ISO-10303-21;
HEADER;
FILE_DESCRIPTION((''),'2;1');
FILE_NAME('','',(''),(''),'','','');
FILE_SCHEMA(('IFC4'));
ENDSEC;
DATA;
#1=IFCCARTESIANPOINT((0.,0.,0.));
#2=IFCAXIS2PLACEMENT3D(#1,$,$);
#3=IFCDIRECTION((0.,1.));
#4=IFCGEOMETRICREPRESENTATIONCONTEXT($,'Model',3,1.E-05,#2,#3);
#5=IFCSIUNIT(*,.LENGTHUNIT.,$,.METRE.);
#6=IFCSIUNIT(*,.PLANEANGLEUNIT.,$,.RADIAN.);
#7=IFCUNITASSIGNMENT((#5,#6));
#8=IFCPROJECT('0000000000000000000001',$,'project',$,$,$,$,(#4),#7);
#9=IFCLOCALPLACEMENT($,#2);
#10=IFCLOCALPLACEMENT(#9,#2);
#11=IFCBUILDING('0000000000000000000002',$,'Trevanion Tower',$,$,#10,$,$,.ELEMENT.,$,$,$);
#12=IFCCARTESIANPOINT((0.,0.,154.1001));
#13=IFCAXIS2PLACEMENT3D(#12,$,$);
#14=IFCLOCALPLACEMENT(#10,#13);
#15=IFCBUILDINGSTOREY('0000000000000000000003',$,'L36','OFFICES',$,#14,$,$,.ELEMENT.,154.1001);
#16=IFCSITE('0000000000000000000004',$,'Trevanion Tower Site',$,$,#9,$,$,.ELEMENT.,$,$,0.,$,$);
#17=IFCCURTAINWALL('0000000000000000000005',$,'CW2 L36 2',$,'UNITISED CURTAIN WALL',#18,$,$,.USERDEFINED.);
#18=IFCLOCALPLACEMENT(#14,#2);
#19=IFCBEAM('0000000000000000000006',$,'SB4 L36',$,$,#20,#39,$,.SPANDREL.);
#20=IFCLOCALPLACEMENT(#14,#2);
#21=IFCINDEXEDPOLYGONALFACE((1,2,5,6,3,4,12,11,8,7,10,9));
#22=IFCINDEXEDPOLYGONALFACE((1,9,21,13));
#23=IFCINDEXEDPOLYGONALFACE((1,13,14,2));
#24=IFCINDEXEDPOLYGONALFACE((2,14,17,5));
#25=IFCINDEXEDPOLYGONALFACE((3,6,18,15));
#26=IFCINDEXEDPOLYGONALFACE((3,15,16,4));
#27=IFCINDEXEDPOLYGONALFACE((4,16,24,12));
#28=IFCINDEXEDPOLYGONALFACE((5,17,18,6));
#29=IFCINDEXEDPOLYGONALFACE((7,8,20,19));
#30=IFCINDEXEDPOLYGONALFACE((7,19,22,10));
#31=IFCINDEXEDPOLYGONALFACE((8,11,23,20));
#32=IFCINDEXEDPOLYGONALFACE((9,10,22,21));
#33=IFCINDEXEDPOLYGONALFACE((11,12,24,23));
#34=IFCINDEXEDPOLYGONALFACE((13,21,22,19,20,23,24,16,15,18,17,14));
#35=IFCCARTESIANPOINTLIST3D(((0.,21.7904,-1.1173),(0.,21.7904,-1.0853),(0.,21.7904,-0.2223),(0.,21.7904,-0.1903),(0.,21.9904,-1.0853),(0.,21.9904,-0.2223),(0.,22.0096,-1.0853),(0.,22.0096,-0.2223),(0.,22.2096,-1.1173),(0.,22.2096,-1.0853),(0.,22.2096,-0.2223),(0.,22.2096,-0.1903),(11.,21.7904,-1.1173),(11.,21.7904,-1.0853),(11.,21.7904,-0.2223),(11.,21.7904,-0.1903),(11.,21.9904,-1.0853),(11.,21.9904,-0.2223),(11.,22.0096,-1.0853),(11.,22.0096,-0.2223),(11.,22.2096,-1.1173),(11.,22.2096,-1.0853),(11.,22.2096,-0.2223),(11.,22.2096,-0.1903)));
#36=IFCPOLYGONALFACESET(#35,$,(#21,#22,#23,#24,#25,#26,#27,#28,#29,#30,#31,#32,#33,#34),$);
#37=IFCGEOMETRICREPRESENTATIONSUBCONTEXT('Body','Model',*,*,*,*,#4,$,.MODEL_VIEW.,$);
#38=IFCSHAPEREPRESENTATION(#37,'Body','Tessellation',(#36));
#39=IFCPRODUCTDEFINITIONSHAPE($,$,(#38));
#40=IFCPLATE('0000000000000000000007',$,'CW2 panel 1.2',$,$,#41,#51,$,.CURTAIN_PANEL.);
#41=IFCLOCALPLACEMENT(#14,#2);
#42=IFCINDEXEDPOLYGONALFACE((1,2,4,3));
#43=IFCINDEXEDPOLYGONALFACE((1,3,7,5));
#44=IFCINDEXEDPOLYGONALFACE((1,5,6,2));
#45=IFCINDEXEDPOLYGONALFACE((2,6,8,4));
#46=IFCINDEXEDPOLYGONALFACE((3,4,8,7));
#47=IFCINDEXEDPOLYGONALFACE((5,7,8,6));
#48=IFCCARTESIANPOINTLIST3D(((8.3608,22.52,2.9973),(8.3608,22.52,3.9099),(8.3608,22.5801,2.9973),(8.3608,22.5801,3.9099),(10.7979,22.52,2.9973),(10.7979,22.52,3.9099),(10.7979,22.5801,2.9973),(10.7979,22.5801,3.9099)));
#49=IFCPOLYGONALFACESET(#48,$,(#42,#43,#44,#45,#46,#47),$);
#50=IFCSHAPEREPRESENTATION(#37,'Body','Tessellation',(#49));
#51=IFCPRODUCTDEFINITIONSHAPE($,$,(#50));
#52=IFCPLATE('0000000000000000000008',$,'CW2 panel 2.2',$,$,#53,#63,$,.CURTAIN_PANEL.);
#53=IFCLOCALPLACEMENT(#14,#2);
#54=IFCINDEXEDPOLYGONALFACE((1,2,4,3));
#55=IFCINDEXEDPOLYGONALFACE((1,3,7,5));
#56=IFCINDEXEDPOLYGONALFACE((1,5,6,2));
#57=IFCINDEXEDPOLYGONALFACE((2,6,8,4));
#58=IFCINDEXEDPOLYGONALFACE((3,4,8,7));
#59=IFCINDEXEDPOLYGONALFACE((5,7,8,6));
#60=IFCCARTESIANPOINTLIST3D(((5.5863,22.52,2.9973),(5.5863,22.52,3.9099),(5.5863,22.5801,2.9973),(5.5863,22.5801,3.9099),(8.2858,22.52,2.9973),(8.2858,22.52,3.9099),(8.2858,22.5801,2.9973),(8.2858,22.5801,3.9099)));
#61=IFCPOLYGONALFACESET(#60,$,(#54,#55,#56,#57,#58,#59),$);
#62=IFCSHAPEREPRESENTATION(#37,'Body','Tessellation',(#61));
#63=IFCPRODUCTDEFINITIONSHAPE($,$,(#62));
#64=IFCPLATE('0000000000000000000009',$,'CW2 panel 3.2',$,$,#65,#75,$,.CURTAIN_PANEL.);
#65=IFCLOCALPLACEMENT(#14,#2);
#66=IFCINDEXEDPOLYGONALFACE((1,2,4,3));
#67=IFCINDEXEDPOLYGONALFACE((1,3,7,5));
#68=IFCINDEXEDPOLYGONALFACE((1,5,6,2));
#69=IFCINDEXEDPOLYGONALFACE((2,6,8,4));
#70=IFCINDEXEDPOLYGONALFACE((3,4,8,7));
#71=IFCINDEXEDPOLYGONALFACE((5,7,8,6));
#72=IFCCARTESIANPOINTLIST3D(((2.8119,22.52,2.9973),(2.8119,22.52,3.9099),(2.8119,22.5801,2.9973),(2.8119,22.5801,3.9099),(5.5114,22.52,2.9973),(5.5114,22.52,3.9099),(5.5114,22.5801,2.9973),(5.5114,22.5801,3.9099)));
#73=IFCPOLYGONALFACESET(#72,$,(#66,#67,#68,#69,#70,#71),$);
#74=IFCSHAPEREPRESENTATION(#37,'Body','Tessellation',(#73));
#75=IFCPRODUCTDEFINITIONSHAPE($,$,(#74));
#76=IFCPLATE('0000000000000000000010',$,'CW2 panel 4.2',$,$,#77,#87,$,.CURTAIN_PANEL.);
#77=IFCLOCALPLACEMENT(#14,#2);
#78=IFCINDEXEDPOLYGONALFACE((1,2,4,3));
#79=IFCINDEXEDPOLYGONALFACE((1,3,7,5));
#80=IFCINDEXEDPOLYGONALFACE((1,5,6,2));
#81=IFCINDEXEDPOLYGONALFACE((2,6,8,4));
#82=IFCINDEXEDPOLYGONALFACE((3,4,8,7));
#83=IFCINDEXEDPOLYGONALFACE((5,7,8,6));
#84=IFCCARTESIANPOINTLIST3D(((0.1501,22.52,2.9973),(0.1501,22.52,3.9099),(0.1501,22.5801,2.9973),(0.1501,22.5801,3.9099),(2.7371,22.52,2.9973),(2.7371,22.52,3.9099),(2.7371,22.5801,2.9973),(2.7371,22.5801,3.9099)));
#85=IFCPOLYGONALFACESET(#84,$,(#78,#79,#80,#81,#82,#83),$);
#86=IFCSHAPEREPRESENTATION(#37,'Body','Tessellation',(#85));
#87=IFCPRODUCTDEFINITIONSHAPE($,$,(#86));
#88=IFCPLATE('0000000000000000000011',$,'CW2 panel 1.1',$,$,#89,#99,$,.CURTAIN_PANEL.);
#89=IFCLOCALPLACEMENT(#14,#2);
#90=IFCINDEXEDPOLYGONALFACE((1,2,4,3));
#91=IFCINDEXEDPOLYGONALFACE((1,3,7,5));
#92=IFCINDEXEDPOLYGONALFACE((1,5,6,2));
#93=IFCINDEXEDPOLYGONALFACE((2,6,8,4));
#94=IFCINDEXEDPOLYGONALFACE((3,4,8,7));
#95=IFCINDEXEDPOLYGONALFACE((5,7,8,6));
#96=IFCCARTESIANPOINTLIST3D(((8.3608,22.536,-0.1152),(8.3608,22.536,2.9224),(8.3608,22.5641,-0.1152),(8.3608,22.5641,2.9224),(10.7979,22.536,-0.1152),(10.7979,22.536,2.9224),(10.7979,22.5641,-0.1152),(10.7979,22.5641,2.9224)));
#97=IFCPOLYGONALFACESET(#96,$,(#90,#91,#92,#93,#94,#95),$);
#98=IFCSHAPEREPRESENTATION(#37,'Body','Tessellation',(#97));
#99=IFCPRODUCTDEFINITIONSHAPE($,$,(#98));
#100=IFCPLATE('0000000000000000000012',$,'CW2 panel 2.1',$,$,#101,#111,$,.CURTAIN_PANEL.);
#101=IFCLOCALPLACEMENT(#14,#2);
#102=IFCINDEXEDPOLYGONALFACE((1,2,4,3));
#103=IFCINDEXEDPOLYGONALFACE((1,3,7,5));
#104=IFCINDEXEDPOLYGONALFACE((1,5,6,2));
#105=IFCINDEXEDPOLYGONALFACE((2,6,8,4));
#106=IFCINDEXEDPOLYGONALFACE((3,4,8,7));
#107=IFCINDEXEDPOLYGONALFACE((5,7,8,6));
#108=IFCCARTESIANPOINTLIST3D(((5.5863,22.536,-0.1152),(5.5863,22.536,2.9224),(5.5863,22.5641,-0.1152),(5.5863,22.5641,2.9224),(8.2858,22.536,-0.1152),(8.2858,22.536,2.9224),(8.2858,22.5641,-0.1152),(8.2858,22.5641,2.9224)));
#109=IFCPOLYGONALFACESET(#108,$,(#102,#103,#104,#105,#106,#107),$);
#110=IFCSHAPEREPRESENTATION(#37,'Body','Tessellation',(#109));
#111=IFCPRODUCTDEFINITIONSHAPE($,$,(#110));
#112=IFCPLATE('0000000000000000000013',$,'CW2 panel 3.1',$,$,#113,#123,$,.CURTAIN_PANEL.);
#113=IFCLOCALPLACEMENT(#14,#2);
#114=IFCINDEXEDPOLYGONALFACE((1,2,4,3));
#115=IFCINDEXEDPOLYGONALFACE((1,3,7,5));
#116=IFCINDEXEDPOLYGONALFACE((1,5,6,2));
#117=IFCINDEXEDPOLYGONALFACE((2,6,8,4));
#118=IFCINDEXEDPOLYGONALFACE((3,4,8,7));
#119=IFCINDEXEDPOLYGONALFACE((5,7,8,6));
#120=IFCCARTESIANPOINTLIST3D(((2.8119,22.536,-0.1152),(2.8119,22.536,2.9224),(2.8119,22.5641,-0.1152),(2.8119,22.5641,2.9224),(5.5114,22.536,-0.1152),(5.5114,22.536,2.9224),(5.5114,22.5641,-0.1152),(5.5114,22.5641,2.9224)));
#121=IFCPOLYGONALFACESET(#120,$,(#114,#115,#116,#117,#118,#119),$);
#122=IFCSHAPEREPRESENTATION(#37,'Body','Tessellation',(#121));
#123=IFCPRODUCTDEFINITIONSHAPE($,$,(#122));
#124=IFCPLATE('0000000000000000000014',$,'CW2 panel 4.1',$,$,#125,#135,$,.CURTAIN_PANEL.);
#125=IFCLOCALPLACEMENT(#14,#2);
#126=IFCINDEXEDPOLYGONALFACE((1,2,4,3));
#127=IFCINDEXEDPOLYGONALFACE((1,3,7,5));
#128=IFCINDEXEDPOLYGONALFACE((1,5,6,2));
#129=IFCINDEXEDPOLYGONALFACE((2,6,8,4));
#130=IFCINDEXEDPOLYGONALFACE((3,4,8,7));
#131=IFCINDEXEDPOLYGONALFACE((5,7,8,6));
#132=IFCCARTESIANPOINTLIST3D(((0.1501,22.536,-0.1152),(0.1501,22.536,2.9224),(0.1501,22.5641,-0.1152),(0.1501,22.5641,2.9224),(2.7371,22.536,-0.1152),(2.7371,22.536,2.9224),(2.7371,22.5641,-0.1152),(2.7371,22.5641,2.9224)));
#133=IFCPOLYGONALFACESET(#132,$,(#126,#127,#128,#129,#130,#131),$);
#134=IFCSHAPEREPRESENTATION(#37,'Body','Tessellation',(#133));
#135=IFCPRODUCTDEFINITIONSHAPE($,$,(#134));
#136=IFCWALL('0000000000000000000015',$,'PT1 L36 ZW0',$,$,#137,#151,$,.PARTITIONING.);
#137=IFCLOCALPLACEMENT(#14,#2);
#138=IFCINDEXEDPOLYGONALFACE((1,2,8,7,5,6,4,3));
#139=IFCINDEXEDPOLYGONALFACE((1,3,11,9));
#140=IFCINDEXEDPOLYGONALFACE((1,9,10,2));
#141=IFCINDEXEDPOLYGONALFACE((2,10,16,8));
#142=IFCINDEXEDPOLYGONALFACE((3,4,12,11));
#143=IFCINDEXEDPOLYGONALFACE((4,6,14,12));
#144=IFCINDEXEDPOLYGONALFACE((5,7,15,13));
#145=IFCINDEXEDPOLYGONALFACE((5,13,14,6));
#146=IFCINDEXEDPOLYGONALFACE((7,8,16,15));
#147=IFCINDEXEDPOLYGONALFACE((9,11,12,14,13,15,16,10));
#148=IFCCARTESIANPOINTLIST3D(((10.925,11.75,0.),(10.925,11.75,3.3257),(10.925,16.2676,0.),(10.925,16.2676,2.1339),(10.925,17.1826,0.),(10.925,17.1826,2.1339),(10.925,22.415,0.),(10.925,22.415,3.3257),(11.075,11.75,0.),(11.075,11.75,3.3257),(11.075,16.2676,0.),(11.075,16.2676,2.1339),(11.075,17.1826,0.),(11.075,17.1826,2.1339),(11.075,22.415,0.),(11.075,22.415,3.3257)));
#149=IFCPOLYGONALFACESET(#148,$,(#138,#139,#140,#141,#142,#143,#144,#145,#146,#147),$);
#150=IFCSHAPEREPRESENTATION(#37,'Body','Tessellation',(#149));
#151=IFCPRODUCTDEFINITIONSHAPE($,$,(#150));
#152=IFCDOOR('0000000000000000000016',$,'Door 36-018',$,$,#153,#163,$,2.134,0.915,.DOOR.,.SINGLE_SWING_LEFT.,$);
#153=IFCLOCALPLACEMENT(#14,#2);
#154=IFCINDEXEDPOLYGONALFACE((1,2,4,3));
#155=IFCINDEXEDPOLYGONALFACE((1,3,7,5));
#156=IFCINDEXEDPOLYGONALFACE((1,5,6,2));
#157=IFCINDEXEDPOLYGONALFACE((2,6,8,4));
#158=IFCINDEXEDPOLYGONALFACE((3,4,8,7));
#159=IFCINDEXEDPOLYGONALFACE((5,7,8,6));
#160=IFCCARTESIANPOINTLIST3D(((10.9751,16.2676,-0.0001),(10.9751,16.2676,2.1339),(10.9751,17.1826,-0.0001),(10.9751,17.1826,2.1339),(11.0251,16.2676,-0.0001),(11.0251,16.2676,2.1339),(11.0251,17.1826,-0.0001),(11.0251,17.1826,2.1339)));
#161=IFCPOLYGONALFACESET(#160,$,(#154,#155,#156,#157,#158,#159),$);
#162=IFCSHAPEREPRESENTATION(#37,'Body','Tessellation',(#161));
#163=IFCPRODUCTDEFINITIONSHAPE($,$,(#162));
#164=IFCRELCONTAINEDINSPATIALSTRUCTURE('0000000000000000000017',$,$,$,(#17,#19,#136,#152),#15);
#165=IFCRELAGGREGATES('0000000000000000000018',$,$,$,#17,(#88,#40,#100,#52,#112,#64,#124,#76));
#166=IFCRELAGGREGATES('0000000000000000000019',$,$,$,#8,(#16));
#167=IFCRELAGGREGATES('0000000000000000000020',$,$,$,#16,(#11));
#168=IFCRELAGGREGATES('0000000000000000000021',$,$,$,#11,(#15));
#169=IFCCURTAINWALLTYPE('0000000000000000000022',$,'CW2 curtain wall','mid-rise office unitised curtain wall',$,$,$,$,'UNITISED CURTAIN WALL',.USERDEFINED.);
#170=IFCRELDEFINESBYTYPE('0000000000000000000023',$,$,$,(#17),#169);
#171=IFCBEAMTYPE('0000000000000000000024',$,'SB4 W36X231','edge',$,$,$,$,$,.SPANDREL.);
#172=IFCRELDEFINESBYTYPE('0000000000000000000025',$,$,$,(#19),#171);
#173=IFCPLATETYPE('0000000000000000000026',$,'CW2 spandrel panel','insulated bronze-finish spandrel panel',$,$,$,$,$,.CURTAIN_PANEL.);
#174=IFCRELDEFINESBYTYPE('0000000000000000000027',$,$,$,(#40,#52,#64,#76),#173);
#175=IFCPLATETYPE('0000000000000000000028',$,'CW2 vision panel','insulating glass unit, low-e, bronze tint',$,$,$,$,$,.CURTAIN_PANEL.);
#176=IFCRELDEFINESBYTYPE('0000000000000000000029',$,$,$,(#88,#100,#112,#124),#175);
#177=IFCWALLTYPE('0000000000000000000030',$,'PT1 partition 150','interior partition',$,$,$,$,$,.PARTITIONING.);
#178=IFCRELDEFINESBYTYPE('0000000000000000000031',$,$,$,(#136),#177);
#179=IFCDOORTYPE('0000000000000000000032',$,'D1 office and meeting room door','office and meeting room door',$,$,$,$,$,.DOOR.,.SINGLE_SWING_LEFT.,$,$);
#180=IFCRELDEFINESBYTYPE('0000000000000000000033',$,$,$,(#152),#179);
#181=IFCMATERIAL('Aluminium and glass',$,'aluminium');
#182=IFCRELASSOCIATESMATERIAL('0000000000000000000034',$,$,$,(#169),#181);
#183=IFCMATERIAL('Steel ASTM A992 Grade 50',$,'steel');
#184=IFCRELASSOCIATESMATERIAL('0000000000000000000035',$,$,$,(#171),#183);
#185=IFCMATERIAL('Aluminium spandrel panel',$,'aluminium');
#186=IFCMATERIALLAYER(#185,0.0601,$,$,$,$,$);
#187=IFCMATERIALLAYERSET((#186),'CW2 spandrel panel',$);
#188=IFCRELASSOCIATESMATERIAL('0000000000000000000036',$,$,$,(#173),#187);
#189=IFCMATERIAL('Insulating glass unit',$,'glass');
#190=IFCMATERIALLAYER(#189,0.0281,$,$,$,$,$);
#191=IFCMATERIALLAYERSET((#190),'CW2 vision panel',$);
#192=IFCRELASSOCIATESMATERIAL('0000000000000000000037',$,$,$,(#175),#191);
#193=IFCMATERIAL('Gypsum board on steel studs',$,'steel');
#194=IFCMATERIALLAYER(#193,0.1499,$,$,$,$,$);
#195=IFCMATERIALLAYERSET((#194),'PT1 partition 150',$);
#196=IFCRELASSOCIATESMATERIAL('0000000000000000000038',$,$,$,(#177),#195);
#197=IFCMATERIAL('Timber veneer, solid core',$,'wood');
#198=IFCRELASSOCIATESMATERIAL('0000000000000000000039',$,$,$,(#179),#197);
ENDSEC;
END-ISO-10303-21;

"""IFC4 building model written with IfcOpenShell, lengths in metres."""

from ifc_helpers import new_model, si_unit, direction, frame, frame_2d, origin, origin_2d, place, context, subcontext, project, spatial, rectangle, i_section, extrude, material, layer, layer_set, material_profile, profile_set, type_object, element, fill, aggregate, save


model = new_model("IFC4")

# Units and contexts
model_context = context("Model", 3, precision=1e-05, world=origin(), true_north=direction((0.0, 1.0)))
body_context = subcontext(model_context, "Body", "Model", "MODEL_VIEW")
ifc_project = project(units=[si_unit("LENGTHUNIT", "METRE"), si_unit("PLANEANGLEUNIT", "RADIAN")], contexts=[model_context])

# Site, building, storey
site_placement = place(None, origin())
site = spatial("IfcSite", under=ifc_project, at=site_placement, Name="Trevanion Tower Site", CompositionType="ELEMENT", RefElevation=0.0)
building_placement = place(site_placement, origin())
building = spatial("IfcBuilding", under=site, at=building_placement, Name="Trevanion Tower", CompositionType="ELEMENT")
storey_placement = place(building_placement, frame((0.0, 0.0, 154.1001)))
storey = spatial("IfcBuildingStorey", under=building, at=storey_placement, Name="L36", Description="OFFICES", CompositionType="ELEMENT", Elevation=154.1001)

# Curtain wall
ifc_material_1 = material(Name="Aluminium and glass", Category="aluminium")
curtain_wall_type = type_object("IfcCurtainWallType", Name="CW2 curtain wall", Description="mid-rise office unitised curtain wall", ElementType="UNITISED CURTAIN WALL", PredefinedType="USERDEFINED", material=ifc_material_1)
curtain_wall_1_placement = place(storey_placement, origin())
curtain_wall_1 = element("IfcCurtainWall", 1, at=curtain_wall_1_placement, inside=storey, type_object=curtain_wall_type, Name="CW2 L36 2", ObjectType="UNITISED CURTAIN WALL", PredefinedType="USERDEFINED")

# Beam
ifc_material_2 = material(Name="Steel ASTM A992 Grade 50", Category="steel")
ifc_material_profile_1 = material_profile(ifc_material_2, i_section(OverallWidth=0.4192, OverallDepth=0.927, WebThickness=0.0193, FlangeThickness=0.032, at=origin_2d()), Name="W36X231")
ifc_profile_set_1 = profile_set([ifc_material_profile_1], Name="Steel ASTM A992 Grade 50")
beam_type = type_object("IfcBeamType", Name="SB4 W36X231", Description="edge", PredefinedType="SPANDREL", material=ifc_profile_set_1)
beam_placement = place(storey_placement, frame((11.0, 22.0, -0.6538), z_axis=(-1.0, 0.0, 0.0), x_axis=(0.0, -1.0, 0.0)))
element("IfcBeam", 2, at=beam_placement, inside=storey, type_object=beam_type, Name="SB4 L36", PredefinedType="SPANDREL", context=body_context, shape_type="SweptSolid", body=[
    extrude(i_section(OverallWidth=0.4192, OverallDepth=0.927, WebThickness=0.0193, FlangeThickness=0.032, at=origin_2d()), origin(), (0.0, 0.0, 1.0), 11.0),
])

# Plates
ifc_material_3 = material(Name="Aluminium spandrel panel", Category="aluminium")
ifc_layer_1 = layer(ifc_material_3, 0.0601)
ifc_layer_set_1 = layer_set([ifc_layer_1], Name="CW2 spandrel panel")
plate_type_1 = type_object("IfcPlateType", Name="CW2 spandrel panel", Description="insulated bronze-finish spandrel panel", PredefinedType="CURTAIN_PANEL", material=ifc_layer_set_1)
plate_1_placement = place(storey_placement, frame((9.5793, 22.55, 2.9973), z_axis=(0.0, 0.0, 1.0), x_axis=(-1.0, 0.0, 0.0)))
plate_1 = element("IfcPlate", 3, at=plate_1_placement, type_object=plate_type_1, Name="CW2 panel 1.2", PredefinedType="CURTAIN_PANEL", context=body_context, shape_type="SweptSolid", body=[
    extrude(rectangle(XDim=2.437, YDim=0.0601, at=origin_2d()), origin(), (0.0, 0.0, 1.0), 0.9126),
])
plate_2_placement = place(storey_placement, frame((6.936, 22.55, 2.9973), z_axis=(0.0, 0.0, 1.0), x_axis=(-1.0, 0.0, 0.0)))
plate_2 = element("IfcPlate", 4, at=plate_2_placement, type_object=plate_type_1, Name="CW2 panel 2.2", PredefinedType="CURTAIN_PANEL", context=body_context, shape_type="SweptSolid", body=[
    extrude(rectangle(XDim=2.6995, YDim=0.0601, at=origin_2d()), origin(), (0.0, 0.0, 1.0), 0.9126),
])
plate_3_placement = place(storey_placement, frame((4.1616, 22.55, 2.9973), z_axis=(0.0, 0.0, 1.0), x_axis=(-1.0, 0.0, 0.0)))
plate_3 = element("IfcPlate", 5, at=plate_3_placement, type_object=plate_type_1, Name="CW2 panel 3.2", PredefinedType="CURTAIN_PANEL", context=body_context, shape_type="SweptSolid", body=[
    extrude(rectangle(XDim=2.6995, YDim=0.0601, at=origin_2d()), origin(), (0.0, 0.0, 1.0), 0.9126),
])
plate_4_placement = place(storey_placement, frame((1.4436, 22.55, 2.9973), z_axis=(0.0, 0.0, 1.0), x_axis=(-1.0, 0.0, 0.0)))
plate_4 = element("IfcPlate", 6, at=plate_4_placement, type_object=plate_type_1, Name="CW2 panel 4.2", PredefinedType="CURTAIN_PANEL", context=body_context, shape_type="SweptSolid", body=[
    extrude(rectangle(XDim=2.5869, YDim=0.0601, at=origin_2d()), origin(), (0.0, 0.0, 1.0), 0.9126),
])
ifc_material_4 = material(Name="Insulating glass unit", Category="glass")
ifc_layer_2 = layer(ifc_material_4, 0.0281)
ifc_layer_set_2 = layer_set([ifc_layer_2], Name="CW2 vision panel")
plate_type_2 = type_object("IfcPlateType", Name="CW2 vision panel", Description="insulating glass unit, low-e, bronze tint", PredefinedType="CURTAIN_PANEL", material=ifc_layer_set_2)
plate_5_placement = place(storey_placement, frame((9.5793, 22.55, -0.1152), z_axis=(0.0, 0.0, 1.0), x_axis=(-1.0, 0.0, 0.0)))
plate_5 = element("IfcPlate", 7, at=plate_5_placement, type_object=plate_type_2, Name="CW2 panel 1.1", PredefinedType="CURTAIN_PANEL", context=body_context, shape_type="SweptSolid", body=[
    extrude(rectangle(XDim=2.437, YDim=0.0281, at=origin_2d()), origin(), (0.0, 0.0, 1.0), 3.0376),
])
plate_6_placement = place(storey_placement, frame((6.936, 22.55, -0.1152), z_axis=(0.0, 0.0, 1.0), x_axis=(-1.0, 0.0, 0.0)))
plate_6 = element("IfcPlate", 8, at=plate_6_placement, type_object=plate_type_2, Name="CW2 panel 2.1", PredefinedType="CURTAIN_PANEL", context=body_context, shape_type="SweptSolid", body=[
    extrude(rectangle(XDim=2.6995, YDim=0.0281, at=origin_2d()), origin(), (0.0, 0.0, 1.0), 3.0376),
])
plate_7_placement = place(storey_placement, frame((4.1616, 22.55, -0.1152), z_axis=(0.0, 0.0, 1.0), x_axis=(-1.0, 0.0, 0.0)))
plate_7 = element("IfcPlate", 9, at=plate_7_placement, type_object=plate_type_2, Name="CW2 panel 3.1", PredefinedType="CURTAIN_PANEL", context=body_context, shape_type="SweptSolid", body=[
    extrude(rectangle(XDim=2.6995, YDim=0.0281, at=origin_2d()), origin(), (0.0, 0.0, 1.0), 3.0376),
])
plate_8_placement = place(storey_placement, frame((1.4436, 22.55, -0.1152), z_axis=(0.0, 0.0, 1.0), x_axis=(-1.0, 0.0, 0.0)))
plate_8 = element("IfcPlate", 10, at=plate_8_placement, type_object=plate_type_2, Name="CW2 panel 4.1", PredefinedType="CURTAIN_PANEL", context=body_context, shape_type="SweptSolid", body=[
    extrude(rectangle(XDim=2.5869, YDim=0.0281, at=origin_2d()), origin(), (0.0, 0.0, 1.0), 3.0376),
])
aggregate(curtain_wall_1, [plate_5, plate_1, plate_6, plate_2, plate_7, plate_3, plate_8, plate_4])

# Wall, opening, door
ifc_material_5 = material(Name="Gypsum board on steel studs", Category="steel")
ifc_layer_3 = layer(ifc_material_5, 0.1499)
ifc_layer_set_3 = layer_set([ifc_layer_3], Name="PT1 partition 150")
wall_type = type_object("IfcWallType", Name="PT1 partition 150", Description="interior partition", PredefinedType="PARTITIONING", material=ifc_layer_set_3)
wall_1_placement = place(storey_placement, frame((11.0, 11.75, 0.0), z_axis=(0.0, 0.0, 1.0), x_axis=(0.0, 1.0, 0.0)))
wall_1 = element("IfcWall", 11, at=wall_1_placement, inside=storey, type_object=wall_type, Name="PT1 L36 ZW0", PredefinedType="PARTITIONING", context=body_context, shape_type="SweptSolid", body=[
    extrude(rectangle(XDim=10.665, YDim=0.1499, at=frame_2d((5.3325, 0.0))), origin(), (0.0, 0.0, 1.0), 3.3257),
])
opening_1_placement = place(wall_1_placement, frame((4.5176, 0.0, 0.0)))
opening_1 = element("IfcOpeningElement", 12, at=opening_1_placement, cuts=wall_1, PredefinedType="OPENING", context=body_context, shape_type="SweptSolid", body=[
    extrude(rectangle(XDim=0.915, YDim=2.134, at=frame_2d((0.4575, 1.0669))), frame((0.0, 0.085, 0.0), z_axis=(0.0, -1.0, 0.0), x_axis=(1.0, 0.0, 0.0)), (0.0, 0.0, 1.0), 0.1699),
])
ifc_material_6 = material(Name="Timber veneer, solid core", Category="wood")
door_type = type_object("IfcDoorType", Name="D1 office and meeting room door", Description="office and meeting room door", OperationType="SINGLE_SWING_LEFT", PredefinedType="DOOR", material=ifc_material_6)
door_1_placement = place(opening_1_placement, origin())
door_1 = element("IfcDoor", 13, at=door_1_placement, inside=storey, type_object=door_type, Name="Door 36-018", OperationType="SINGLE_SWING_LEFT", OverallHeight=2.134, OverallWidth=0.915, PredefinedType="DOOR", context=body_context, shape_type="SweptSolid", body=[
    extrude(rectangle(XDim=0.915, YDim=2.134, at=frame_2d((0.4575, 1.0669))), frame((0.0, 0.0249, 0.0), z_axis=(0.0, -1.0, 0.0), x_axis=(1.0, 0.0, 0.0)), (0.0, 0.0, 1.0), 0.05),
])
fill(opening_1, door_1)

save(model, "model.ifc")
